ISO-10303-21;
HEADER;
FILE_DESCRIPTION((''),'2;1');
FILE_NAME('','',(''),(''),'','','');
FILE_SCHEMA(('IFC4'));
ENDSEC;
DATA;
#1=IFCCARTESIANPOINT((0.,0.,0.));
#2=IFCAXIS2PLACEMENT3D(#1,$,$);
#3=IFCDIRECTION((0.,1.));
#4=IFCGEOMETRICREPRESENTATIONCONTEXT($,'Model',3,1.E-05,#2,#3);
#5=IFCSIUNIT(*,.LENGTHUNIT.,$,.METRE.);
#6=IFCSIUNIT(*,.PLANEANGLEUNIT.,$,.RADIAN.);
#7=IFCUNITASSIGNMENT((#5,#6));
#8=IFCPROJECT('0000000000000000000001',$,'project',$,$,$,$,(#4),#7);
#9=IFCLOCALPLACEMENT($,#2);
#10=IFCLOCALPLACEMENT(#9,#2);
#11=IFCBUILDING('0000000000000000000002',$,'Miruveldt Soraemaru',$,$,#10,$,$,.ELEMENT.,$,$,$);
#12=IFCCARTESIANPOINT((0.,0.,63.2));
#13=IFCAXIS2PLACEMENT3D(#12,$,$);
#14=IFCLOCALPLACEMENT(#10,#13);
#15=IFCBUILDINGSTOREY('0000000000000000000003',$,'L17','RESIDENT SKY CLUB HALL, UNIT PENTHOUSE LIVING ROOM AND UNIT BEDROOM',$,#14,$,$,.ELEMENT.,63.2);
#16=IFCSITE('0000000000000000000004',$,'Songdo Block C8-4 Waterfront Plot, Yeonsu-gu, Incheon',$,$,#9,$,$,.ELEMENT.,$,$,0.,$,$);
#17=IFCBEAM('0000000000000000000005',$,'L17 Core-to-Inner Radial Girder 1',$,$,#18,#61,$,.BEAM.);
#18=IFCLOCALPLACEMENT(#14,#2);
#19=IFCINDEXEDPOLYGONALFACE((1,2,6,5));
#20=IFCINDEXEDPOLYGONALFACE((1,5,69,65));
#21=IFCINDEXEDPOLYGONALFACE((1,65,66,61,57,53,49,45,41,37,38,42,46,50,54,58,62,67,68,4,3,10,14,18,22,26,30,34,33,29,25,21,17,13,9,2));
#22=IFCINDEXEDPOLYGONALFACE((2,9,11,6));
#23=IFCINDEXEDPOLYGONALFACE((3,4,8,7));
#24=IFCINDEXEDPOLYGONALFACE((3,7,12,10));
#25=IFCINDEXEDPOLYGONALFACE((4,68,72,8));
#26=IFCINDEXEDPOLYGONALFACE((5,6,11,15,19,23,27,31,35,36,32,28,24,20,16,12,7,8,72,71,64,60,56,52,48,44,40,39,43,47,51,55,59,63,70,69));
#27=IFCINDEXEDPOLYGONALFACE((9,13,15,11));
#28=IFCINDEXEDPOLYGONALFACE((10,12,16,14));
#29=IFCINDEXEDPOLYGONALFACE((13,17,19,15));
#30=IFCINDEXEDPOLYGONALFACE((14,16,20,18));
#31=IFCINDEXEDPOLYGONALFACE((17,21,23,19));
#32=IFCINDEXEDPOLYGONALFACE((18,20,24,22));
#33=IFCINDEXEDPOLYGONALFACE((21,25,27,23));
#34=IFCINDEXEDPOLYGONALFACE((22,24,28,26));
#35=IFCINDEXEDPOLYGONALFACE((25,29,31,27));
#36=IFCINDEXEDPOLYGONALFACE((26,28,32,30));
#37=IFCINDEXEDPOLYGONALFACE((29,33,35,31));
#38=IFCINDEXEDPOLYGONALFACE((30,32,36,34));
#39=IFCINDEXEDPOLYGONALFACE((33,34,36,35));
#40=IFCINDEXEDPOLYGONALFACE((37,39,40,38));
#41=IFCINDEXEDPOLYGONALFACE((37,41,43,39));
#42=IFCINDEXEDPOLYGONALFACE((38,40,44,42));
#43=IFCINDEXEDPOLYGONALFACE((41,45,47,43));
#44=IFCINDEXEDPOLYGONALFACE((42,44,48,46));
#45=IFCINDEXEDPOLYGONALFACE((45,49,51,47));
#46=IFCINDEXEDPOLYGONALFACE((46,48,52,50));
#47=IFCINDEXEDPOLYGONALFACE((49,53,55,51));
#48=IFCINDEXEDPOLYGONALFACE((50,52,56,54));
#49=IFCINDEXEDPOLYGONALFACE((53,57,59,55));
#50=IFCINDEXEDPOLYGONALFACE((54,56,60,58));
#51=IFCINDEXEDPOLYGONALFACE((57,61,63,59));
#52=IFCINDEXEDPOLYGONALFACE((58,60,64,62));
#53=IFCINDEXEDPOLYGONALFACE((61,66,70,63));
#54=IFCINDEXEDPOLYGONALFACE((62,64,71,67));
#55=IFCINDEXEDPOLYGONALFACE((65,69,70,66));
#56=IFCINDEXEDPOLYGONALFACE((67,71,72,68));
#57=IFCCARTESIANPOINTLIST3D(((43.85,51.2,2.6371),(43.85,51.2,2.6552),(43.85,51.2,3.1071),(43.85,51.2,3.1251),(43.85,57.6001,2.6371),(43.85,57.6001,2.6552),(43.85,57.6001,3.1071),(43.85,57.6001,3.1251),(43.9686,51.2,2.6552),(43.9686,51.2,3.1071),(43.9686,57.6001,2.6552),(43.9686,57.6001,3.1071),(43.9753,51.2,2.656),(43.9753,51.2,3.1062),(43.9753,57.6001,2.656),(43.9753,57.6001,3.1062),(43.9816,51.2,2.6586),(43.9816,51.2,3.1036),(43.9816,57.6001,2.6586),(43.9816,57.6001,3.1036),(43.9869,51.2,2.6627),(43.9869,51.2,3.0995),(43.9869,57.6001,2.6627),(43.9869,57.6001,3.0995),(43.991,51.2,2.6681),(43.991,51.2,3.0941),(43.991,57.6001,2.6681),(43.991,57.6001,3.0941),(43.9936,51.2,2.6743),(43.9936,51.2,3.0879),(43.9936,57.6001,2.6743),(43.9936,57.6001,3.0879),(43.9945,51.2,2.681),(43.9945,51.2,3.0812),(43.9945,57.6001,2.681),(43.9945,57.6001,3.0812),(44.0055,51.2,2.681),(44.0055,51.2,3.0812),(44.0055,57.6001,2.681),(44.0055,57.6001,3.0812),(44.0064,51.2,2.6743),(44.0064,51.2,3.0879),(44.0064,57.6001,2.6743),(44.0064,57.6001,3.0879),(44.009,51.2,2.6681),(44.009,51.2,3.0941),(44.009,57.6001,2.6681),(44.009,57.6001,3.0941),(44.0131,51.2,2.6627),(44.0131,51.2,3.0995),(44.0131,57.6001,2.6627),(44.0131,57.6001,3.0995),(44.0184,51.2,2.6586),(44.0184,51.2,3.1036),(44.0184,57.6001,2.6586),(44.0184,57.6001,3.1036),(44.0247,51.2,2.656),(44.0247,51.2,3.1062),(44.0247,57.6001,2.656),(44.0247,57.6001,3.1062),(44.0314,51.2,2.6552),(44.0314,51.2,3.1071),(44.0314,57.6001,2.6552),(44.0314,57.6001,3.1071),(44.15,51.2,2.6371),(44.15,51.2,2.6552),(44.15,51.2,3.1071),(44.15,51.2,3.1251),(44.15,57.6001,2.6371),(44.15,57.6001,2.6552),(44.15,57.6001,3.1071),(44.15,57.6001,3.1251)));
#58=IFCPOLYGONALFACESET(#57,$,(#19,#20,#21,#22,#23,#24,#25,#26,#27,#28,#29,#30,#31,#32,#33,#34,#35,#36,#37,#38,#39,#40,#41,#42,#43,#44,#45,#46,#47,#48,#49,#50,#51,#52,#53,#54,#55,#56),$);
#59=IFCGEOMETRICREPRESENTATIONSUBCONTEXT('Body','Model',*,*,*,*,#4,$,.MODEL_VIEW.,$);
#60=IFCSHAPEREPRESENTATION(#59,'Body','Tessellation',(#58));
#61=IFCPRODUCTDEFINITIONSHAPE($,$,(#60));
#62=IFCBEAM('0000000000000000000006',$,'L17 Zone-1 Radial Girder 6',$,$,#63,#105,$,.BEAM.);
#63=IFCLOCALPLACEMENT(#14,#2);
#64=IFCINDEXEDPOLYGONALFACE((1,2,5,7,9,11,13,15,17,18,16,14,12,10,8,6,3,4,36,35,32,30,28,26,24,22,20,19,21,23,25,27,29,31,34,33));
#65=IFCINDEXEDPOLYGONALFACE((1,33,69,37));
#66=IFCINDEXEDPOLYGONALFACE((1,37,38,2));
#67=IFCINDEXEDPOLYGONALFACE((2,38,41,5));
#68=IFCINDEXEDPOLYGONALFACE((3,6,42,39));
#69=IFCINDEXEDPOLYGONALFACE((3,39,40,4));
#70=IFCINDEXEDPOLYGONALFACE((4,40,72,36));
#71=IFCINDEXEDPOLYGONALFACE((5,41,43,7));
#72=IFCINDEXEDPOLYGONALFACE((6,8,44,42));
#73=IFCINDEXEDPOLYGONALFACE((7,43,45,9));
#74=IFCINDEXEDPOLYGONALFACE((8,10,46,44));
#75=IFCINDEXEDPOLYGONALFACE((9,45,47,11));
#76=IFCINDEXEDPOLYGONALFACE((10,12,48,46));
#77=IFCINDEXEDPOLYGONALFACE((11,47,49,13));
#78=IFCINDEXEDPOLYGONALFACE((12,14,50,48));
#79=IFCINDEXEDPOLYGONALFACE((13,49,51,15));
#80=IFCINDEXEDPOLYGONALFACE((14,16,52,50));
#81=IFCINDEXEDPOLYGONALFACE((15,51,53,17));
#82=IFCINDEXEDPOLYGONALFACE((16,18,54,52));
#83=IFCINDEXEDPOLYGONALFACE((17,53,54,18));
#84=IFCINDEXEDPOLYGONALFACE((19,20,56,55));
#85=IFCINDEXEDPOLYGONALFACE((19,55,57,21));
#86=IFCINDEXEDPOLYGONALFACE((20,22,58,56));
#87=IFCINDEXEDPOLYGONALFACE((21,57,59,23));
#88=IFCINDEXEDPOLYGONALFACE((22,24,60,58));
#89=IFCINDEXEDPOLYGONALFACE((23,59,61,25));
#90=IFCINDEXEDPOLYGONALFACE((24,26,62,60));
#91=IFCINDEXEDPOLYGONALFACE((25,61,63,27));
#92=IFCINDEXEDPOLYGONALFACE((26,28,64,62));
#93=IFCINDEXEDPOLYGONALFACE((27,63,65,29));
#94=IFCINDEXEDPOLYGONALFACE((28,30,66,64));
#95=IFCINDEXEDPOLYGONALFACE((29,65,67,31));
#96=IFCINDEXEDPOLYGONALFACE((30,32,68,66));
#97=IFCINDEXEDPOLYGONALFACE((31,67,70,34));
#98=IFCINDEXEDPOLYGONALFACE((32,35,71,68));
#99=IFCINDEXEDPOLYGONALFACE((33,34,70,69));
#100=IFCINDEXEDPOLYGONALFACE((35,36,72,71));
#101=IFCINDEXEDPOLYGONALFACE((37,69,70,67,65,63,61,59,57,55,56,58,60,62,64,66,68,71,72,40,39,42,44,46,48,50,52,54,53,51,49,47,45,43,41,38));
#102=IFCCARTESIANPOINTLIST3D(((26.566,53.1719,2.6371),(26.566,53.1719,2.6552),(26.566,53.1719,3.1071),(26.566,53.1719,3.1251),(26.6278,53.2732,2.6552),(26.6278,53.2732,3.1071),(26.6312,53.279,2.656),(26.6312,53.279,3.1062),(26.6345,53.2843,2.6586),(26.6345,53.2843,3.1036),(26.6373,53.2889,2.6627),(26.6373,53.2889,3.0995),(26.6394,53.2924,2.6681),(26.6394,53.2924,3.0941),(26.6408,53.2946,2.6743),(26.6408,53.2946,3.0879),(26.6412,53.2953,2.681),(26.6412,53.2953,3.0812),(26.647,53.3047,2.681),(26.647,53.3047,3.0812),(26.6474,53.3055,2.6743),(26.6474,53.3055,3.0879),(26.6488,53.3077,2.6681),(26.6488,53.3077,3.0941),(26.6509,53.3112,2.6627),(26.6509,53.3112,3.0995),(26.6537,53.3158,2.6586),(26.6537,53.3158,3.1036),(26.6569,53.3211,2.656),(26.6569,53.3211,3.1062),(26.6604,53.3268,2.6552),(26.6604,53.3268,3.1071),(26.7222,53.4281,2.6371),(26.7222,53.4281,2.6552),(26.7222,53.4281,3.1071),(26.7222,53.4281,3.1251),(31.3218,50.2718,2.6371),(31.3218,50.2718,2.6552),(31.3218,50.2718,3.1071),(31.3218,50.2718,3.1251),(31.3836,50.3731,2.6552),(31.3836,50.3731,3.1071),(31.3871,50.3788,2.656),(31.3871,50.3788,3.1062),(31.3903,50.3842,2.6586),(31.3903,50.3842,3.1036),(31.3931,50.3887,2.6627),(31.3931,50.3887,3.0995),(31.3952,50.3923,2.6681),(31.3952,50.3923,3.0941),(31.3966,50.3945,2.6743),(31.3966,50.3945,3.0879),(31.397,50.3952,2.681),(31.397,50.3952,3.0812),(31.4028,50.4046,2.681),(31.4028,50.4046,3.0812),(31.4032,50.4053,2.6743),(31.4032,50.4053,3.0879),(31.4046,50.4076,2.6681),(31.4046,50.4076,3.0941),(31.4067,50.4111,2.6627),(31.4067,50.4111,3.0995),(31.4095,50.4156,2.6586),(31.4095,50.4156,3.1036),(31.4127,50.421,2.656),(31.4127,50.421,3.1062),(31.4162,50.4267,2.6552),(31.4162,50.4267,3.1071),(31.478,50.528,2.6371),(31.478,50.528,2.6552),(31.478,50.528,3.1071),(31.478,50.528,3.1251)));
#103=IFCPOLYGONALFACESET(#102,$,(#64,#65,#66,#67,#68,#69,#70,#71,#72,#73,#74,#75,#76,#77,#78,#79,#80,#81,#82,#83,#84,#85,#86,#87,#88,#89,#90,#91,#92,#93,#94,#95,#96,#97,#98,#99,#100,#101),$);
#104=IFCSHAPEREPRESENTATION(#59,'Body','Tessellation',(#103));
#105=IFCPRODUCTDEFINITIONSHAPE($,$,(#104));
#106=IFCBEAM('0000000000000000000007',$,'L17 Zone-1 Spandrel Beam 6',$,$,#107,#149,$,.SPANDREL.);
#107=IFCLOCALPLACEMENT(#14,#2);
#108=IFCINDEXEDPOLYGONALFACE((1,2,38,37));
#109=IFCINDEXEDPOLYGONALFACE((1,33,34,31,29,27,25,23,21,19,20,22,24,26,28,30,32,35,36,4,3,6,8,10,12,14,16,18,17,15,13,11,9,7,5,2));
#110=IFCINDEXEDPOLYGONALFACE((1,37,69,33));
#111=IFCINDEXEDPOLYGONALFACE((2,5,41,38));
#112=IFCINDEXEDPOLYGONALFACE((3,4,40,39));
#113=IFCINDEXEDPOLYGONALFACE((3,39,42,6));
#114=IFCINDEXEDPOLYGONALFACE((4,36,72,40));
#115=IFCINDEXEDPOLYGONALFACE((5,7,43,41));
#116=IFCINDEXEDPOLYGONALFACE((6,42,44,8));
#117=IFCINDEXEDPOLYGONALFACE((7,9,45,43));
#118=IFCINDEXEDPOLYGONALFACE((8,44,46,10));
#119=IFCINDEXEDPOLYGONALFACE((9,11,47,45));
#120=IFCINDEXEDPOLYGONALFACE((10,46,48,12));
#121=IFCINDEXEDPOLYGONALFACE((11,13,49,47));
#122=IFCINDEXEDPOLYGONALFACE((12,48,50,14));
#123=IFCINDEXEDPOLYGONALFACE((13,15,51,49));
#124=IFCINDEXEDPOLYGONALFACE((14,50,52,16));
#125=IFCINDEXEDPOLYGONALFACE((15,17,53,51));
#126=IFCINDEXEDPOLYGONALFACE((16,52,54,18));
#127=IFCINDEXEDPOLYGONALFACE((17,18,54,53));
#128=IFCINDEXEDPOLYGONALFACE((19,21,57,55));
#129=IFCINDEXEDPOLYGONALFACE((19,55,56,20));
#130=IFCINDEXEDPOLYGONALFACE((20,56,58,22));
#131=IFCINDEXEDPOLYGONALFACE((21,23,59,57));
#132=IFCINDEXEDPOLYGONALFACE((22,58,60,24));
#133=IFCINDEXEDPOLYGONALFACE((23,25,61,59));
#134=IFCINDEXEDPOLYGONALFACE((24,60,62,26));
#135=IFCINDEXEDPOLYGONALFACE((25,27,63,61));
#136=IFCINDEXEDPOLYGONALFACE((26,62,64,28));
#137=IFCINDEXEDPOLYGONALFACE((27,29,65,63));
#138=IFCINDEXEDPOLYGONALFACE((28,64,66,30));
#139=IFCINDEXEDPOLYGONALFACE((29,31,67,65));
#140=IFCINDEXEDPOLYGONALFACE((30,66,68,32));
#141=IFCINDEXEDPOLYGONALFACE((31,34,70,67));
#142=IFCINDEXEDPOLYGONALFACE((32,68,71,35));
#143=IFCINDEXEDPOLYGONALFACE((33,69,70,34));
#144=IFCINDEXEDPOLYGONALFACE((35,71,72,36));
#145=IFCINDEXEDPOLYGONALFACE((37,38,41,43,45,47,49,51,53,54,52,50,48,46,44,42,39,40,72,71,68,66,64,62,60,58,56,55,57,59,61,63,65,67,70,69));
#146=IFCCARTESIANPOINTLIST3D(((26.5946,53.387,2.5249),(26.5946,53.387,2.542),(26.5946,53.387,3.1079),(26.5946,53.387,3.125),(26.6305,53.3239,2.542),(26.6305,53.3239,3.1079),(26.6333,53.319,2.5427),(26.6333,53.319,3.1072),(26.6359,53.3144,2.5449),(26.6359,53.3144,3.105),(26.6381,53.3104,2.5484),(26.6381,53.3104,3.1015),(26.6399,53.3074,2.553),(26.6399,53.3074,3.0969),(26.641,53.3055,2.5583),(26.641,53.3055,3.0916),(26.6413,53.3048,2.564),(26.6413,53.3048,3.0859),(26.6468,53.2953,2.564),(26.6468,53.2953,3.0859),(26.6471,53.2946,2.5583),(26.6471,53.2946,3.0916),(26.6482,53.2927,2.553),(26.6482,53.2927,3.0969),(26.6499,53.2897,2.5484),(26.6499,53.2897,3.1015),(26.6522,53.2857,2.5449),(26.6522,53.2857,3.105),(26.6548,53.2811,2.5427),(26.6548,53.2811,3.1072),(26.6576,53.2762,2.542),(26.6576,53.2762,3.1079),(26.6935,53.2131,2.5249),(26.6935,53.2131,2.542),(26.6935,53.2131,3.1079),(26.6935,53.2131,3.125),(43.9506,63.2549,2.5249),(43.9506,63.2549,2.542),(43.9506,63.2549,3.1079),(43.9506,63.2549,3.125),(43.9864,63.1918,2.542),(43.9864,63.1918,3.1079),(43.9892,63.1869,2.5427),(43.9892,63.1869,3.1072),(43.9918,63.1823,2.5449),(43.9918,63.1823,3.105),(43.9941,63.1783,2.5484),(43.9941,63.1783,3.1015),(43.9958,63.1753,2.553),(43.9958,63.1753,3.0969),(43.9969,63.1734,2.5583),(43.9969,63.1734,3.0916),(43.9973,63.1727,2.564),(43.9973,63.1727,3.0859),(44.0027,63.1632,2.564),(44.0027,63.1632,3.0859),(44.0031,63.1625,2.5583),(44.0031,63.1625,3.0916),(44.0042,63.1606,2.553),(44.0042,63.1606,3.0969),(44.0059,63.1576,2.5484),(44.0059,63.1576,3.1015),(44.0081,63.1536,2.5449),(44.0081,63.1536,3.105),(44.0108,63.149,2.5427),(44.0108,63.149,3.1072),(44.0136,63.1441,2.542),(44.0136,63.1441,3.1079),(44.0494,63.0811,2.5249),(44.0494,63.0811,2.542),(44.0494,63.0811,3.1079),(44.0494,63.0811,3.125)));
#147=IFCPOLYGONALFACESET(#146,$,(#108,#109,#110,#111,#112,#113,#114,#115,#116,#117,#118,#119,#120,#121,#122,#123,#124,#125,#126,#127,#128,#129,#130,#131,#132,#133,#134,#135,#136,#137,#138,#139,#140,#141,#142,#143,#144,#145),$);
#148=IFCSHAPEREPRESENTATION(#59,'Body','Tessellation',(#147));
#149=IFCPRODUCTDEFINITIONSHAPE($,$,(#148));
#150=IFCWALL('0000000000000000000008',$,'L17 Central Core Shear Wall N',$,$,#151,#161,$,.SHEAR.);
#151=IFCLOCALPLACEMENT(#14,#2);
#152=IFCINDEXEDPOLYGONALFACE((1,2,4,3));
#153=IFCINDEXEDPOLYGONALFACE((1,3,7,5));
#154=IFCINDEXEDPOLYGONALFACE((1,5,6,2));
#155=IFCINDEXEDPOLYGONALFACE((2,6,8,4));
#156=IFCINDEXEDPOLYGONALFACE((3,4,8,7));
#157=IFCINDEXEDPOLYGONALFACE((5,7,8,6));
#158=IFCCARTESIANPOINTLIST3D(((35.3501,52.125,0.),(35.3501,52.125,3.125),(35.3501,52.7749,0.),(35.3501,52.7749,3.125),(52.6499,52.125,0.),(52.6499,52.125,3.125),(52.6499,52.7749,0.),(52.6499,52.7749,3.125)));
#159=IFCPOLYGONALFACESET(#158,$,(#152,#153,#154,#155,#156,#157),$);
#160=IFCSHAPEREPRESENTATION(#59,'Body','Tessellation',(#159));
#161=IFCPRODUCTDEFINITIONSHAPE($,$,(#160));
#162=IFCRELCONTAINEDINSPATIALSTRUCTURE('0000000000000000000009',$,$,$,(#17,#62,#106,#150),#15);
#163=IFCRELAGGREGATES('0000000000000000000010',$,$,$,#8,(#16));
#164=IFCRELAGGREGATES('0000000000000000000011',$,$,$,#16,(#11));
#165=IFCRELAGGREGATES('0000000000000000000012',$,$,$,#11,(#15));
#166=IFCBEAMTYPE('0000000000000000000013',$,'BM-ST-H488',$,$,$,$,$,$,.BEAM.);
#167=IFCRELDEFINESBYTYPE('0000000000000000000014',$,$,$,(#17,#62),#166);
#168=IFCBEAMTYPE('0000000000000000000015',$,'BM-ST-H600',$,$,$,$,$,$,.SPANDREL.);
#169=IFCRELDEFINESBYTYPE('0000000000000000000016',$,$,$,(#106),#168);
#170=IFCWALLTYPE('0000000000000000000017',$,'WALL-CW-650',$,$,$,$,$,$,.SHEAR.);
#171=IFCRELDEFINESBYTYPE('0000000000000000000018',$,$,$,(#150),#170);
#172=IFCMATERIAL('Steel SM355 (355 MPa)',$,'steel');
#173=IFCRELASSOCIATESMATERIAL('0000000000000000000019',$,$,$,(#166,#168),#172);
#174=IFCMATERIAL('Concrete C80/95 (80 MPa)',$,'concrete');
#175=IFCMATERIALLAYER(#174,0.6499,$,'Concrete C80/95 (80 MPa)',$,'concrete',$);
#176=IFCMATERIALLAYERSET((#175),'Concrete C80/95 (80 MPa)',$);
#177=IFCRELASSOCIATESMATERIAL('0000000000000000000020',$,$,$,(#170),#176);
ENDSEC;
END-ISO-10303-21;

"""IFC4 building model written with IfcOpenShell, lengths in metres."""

from ifc_helpers import new_model, si_unit, direction, frame, frame_2d, origin, origin_2d, place, context, subcontext, project, spatial, rectangle, i_section, extrude, material, layer, layer_set, material_profile, profile_set, type_object, element, save


model = new_model("IFC4")

# Units and contexts
model_context = context("Model", 3, precision=1e-05, world=origin(), true_north=direction((0.0, 1.0)))
body_context = subcontext(model_context, "Body", "Model", "MODEL_VIEW")
ifc_project = project(units=[si_unit("LENGTHUNIT", "METRE"), si_unit("PLANEANGLEUNIT", "RADIAN")], contexts=[model_context])

# Site, building, storey
site_placement = place(None, origin())
site = spatial("IfcSite", under=ifc_project, at=site_placement, Name="Songdo Block C8-4 Waterfront Plot, Yeonsu-gu, Incheon", CompositionType="ELEMENT", RefElevation=0.0)
building_placement = place(site_placement, origin())
building = spatial("IfcBuilding", under=site, at=building_placement, Name="Miruveldt Soraemaru", CompositionType="ELEMENT")
storey_placement = place(building_placement, frame((0.0, 0.0, 63.2)))
storey = spatial("IfcBuildingStorey", under=building, at=storey_placement, Name="L17", Description="RESIDENT SKY CLUB HALL, UNIT PENTHOUSE LIVING ROOM AND UNIT BEDROOM", CompositionType="ELEMENT", Elevation=63.2)

# Beams
ifc_material_1 = material(Name="Steel SM355 (355 MPa)", Category="steel")
ifc_material_profile_1 = material_profile(ifc_material_1, i_section(OverallWidth=0.3, OverallDepth=0.488, WebThickness=0.011, FlangeThickness=0.0181, FilletRadius=0.0259, at=origin_2d()), Name="Steel SM355 (355 MPa)", Category="steel")
ifc_profile_set_1 = profile_set([ifc_material_profile_1], Name="Steel SM355 (355 MPa)")
beam_type_1 = type_object("IfcBeamType", Name="BM-ST-H488", PredefinedType="BEAM", material=ifc_profile_set_1)
beam_1_placement = place(storey_placement, frame((44.0, 51.2, 2.8811), z_axis=(0.0, 1.0, 0.0), x_axis=(-1.0, 0.0, 0.0)))
element("IfcBeam", 1, at=beam_1_placement, inside=storey, type_object=beam_type_1, Name="L17 Core-to-Inner Radial Girder 1", PredefinedType="BEAM", context=body_context, shape_type="SweptSolid", body=[
    extrude(i_section(OverallWidth=0.3, OverallDepth=0.488, WebThickness=0.011, FlangeThickness=0.0181, FilletRadius=0.0259, at=origin_2d()), origin(), (0.0, 0.0, 1.0), 6.4001),
])
beam_2_placement = place(storey_placement, frame((31.3999, 50.3999, 2.8811), z_axis=(-0.853778, 0.520638, 0.0), x_axis=(-0.520638, -0.853778, 0.0)))
element("IfcBeam", 2, at=beam_2_placement, inside=storey, type_object=beam_type_1, Name="L17 Zone-1 Radial Girder 6", PredefinedType="BEAM", context=body_context, shape_type="SweptSolid", body=[
    extrude(i_section(OverallWidth=0.3, OverallDepth=0.488, WebThickness=0.011, FlangeThickness=0.0181, FilletRadius=0.0259, at=origin_2d()), origin(), (0.0, 0.0, 1.0), 5.5703),
])
ifc_material_profile_2 = material_profile(ifc_material_1, i_section(OverallWidth=0.2, OverallDepth=0.6001, WebThickness=0.011, FlangeThickness=0.0171, FilletRadius=0.022, at=origin_2d()), Name="Steel SM355 (355 MPa)", Category="steel")
ifc_profile_set_2 = profile_set([ifc_material_profile_2], Name="Steel SM355 (355 MPa)")
beam_type_2 = type_object("IfcBeamType", Name="BM-ST-H600", PredefinedType="SPANDREL", material=ifc_profile_set_2)
beam_3_placement = place(storey_placement, frame((26.644, 53.3, 2.825), z_axis=(0.869315, 0.494259, 0.0), x_axis=(-0.494259, 0.869315, 0.0)))
element("IfcBeam", 3, at=beam_3_placement, inside=storey, type_object=beam_type_2, Name="L17 Zone-1 Spandrel Beam 6", PredefinedType="SPANDREL", context=body_context, shape_type="SweptSolid", body=[
    extrude(i_section(OverallWidth=0.2, OverallDepth=0.6001, WebThickness=0.011, FlangeThickness=0.0171, FilletRadius=0.022, at=origin_2d()), origin(), (0.0, 0.0, 1.0), 19.9651),
])

# Wall
ifc_material_2 = material(Name="Concrete C80/95 (80 MPa)", Category="concrete")
ifc_layer_1 = layer(ifc_material_2, 0.6499, Name="Concrete C80/95 (80 MPa)", Category="concrete")
ifc_layer_set_1 = layer_set([ifc_layer_1], Name="Concrete C80/95 (80 MPa)")
wall_type_1 = type_object("IfcWallType", Name="WALL-CW-650", PredefinedType="SHEAR", material=ifc_layer_set_1)
wall_1_placement = place(storey_placement, frame((35.3501, 52.45, 0.0), z_axis=(0.0, 0.0, 1.0), x_axis=(1.0, 0.0, 0.0)))
element("IfcWall", 4, at=wall_1_placement, inside=storey, type_object=wall_type_1, Name="L17 Central Core Shear Wall N", PredefinedType="SHEAR", context=body_context, shape_type="SweptSolid", body=[
    extrude(rectangle(XDim=17.2998, YDim=0.6499, at=frame_2d((8.6499, 0.0))), origin(), (0.0, 0.0, 1.0), 3.125),
])

save(model, "model.ifc")
